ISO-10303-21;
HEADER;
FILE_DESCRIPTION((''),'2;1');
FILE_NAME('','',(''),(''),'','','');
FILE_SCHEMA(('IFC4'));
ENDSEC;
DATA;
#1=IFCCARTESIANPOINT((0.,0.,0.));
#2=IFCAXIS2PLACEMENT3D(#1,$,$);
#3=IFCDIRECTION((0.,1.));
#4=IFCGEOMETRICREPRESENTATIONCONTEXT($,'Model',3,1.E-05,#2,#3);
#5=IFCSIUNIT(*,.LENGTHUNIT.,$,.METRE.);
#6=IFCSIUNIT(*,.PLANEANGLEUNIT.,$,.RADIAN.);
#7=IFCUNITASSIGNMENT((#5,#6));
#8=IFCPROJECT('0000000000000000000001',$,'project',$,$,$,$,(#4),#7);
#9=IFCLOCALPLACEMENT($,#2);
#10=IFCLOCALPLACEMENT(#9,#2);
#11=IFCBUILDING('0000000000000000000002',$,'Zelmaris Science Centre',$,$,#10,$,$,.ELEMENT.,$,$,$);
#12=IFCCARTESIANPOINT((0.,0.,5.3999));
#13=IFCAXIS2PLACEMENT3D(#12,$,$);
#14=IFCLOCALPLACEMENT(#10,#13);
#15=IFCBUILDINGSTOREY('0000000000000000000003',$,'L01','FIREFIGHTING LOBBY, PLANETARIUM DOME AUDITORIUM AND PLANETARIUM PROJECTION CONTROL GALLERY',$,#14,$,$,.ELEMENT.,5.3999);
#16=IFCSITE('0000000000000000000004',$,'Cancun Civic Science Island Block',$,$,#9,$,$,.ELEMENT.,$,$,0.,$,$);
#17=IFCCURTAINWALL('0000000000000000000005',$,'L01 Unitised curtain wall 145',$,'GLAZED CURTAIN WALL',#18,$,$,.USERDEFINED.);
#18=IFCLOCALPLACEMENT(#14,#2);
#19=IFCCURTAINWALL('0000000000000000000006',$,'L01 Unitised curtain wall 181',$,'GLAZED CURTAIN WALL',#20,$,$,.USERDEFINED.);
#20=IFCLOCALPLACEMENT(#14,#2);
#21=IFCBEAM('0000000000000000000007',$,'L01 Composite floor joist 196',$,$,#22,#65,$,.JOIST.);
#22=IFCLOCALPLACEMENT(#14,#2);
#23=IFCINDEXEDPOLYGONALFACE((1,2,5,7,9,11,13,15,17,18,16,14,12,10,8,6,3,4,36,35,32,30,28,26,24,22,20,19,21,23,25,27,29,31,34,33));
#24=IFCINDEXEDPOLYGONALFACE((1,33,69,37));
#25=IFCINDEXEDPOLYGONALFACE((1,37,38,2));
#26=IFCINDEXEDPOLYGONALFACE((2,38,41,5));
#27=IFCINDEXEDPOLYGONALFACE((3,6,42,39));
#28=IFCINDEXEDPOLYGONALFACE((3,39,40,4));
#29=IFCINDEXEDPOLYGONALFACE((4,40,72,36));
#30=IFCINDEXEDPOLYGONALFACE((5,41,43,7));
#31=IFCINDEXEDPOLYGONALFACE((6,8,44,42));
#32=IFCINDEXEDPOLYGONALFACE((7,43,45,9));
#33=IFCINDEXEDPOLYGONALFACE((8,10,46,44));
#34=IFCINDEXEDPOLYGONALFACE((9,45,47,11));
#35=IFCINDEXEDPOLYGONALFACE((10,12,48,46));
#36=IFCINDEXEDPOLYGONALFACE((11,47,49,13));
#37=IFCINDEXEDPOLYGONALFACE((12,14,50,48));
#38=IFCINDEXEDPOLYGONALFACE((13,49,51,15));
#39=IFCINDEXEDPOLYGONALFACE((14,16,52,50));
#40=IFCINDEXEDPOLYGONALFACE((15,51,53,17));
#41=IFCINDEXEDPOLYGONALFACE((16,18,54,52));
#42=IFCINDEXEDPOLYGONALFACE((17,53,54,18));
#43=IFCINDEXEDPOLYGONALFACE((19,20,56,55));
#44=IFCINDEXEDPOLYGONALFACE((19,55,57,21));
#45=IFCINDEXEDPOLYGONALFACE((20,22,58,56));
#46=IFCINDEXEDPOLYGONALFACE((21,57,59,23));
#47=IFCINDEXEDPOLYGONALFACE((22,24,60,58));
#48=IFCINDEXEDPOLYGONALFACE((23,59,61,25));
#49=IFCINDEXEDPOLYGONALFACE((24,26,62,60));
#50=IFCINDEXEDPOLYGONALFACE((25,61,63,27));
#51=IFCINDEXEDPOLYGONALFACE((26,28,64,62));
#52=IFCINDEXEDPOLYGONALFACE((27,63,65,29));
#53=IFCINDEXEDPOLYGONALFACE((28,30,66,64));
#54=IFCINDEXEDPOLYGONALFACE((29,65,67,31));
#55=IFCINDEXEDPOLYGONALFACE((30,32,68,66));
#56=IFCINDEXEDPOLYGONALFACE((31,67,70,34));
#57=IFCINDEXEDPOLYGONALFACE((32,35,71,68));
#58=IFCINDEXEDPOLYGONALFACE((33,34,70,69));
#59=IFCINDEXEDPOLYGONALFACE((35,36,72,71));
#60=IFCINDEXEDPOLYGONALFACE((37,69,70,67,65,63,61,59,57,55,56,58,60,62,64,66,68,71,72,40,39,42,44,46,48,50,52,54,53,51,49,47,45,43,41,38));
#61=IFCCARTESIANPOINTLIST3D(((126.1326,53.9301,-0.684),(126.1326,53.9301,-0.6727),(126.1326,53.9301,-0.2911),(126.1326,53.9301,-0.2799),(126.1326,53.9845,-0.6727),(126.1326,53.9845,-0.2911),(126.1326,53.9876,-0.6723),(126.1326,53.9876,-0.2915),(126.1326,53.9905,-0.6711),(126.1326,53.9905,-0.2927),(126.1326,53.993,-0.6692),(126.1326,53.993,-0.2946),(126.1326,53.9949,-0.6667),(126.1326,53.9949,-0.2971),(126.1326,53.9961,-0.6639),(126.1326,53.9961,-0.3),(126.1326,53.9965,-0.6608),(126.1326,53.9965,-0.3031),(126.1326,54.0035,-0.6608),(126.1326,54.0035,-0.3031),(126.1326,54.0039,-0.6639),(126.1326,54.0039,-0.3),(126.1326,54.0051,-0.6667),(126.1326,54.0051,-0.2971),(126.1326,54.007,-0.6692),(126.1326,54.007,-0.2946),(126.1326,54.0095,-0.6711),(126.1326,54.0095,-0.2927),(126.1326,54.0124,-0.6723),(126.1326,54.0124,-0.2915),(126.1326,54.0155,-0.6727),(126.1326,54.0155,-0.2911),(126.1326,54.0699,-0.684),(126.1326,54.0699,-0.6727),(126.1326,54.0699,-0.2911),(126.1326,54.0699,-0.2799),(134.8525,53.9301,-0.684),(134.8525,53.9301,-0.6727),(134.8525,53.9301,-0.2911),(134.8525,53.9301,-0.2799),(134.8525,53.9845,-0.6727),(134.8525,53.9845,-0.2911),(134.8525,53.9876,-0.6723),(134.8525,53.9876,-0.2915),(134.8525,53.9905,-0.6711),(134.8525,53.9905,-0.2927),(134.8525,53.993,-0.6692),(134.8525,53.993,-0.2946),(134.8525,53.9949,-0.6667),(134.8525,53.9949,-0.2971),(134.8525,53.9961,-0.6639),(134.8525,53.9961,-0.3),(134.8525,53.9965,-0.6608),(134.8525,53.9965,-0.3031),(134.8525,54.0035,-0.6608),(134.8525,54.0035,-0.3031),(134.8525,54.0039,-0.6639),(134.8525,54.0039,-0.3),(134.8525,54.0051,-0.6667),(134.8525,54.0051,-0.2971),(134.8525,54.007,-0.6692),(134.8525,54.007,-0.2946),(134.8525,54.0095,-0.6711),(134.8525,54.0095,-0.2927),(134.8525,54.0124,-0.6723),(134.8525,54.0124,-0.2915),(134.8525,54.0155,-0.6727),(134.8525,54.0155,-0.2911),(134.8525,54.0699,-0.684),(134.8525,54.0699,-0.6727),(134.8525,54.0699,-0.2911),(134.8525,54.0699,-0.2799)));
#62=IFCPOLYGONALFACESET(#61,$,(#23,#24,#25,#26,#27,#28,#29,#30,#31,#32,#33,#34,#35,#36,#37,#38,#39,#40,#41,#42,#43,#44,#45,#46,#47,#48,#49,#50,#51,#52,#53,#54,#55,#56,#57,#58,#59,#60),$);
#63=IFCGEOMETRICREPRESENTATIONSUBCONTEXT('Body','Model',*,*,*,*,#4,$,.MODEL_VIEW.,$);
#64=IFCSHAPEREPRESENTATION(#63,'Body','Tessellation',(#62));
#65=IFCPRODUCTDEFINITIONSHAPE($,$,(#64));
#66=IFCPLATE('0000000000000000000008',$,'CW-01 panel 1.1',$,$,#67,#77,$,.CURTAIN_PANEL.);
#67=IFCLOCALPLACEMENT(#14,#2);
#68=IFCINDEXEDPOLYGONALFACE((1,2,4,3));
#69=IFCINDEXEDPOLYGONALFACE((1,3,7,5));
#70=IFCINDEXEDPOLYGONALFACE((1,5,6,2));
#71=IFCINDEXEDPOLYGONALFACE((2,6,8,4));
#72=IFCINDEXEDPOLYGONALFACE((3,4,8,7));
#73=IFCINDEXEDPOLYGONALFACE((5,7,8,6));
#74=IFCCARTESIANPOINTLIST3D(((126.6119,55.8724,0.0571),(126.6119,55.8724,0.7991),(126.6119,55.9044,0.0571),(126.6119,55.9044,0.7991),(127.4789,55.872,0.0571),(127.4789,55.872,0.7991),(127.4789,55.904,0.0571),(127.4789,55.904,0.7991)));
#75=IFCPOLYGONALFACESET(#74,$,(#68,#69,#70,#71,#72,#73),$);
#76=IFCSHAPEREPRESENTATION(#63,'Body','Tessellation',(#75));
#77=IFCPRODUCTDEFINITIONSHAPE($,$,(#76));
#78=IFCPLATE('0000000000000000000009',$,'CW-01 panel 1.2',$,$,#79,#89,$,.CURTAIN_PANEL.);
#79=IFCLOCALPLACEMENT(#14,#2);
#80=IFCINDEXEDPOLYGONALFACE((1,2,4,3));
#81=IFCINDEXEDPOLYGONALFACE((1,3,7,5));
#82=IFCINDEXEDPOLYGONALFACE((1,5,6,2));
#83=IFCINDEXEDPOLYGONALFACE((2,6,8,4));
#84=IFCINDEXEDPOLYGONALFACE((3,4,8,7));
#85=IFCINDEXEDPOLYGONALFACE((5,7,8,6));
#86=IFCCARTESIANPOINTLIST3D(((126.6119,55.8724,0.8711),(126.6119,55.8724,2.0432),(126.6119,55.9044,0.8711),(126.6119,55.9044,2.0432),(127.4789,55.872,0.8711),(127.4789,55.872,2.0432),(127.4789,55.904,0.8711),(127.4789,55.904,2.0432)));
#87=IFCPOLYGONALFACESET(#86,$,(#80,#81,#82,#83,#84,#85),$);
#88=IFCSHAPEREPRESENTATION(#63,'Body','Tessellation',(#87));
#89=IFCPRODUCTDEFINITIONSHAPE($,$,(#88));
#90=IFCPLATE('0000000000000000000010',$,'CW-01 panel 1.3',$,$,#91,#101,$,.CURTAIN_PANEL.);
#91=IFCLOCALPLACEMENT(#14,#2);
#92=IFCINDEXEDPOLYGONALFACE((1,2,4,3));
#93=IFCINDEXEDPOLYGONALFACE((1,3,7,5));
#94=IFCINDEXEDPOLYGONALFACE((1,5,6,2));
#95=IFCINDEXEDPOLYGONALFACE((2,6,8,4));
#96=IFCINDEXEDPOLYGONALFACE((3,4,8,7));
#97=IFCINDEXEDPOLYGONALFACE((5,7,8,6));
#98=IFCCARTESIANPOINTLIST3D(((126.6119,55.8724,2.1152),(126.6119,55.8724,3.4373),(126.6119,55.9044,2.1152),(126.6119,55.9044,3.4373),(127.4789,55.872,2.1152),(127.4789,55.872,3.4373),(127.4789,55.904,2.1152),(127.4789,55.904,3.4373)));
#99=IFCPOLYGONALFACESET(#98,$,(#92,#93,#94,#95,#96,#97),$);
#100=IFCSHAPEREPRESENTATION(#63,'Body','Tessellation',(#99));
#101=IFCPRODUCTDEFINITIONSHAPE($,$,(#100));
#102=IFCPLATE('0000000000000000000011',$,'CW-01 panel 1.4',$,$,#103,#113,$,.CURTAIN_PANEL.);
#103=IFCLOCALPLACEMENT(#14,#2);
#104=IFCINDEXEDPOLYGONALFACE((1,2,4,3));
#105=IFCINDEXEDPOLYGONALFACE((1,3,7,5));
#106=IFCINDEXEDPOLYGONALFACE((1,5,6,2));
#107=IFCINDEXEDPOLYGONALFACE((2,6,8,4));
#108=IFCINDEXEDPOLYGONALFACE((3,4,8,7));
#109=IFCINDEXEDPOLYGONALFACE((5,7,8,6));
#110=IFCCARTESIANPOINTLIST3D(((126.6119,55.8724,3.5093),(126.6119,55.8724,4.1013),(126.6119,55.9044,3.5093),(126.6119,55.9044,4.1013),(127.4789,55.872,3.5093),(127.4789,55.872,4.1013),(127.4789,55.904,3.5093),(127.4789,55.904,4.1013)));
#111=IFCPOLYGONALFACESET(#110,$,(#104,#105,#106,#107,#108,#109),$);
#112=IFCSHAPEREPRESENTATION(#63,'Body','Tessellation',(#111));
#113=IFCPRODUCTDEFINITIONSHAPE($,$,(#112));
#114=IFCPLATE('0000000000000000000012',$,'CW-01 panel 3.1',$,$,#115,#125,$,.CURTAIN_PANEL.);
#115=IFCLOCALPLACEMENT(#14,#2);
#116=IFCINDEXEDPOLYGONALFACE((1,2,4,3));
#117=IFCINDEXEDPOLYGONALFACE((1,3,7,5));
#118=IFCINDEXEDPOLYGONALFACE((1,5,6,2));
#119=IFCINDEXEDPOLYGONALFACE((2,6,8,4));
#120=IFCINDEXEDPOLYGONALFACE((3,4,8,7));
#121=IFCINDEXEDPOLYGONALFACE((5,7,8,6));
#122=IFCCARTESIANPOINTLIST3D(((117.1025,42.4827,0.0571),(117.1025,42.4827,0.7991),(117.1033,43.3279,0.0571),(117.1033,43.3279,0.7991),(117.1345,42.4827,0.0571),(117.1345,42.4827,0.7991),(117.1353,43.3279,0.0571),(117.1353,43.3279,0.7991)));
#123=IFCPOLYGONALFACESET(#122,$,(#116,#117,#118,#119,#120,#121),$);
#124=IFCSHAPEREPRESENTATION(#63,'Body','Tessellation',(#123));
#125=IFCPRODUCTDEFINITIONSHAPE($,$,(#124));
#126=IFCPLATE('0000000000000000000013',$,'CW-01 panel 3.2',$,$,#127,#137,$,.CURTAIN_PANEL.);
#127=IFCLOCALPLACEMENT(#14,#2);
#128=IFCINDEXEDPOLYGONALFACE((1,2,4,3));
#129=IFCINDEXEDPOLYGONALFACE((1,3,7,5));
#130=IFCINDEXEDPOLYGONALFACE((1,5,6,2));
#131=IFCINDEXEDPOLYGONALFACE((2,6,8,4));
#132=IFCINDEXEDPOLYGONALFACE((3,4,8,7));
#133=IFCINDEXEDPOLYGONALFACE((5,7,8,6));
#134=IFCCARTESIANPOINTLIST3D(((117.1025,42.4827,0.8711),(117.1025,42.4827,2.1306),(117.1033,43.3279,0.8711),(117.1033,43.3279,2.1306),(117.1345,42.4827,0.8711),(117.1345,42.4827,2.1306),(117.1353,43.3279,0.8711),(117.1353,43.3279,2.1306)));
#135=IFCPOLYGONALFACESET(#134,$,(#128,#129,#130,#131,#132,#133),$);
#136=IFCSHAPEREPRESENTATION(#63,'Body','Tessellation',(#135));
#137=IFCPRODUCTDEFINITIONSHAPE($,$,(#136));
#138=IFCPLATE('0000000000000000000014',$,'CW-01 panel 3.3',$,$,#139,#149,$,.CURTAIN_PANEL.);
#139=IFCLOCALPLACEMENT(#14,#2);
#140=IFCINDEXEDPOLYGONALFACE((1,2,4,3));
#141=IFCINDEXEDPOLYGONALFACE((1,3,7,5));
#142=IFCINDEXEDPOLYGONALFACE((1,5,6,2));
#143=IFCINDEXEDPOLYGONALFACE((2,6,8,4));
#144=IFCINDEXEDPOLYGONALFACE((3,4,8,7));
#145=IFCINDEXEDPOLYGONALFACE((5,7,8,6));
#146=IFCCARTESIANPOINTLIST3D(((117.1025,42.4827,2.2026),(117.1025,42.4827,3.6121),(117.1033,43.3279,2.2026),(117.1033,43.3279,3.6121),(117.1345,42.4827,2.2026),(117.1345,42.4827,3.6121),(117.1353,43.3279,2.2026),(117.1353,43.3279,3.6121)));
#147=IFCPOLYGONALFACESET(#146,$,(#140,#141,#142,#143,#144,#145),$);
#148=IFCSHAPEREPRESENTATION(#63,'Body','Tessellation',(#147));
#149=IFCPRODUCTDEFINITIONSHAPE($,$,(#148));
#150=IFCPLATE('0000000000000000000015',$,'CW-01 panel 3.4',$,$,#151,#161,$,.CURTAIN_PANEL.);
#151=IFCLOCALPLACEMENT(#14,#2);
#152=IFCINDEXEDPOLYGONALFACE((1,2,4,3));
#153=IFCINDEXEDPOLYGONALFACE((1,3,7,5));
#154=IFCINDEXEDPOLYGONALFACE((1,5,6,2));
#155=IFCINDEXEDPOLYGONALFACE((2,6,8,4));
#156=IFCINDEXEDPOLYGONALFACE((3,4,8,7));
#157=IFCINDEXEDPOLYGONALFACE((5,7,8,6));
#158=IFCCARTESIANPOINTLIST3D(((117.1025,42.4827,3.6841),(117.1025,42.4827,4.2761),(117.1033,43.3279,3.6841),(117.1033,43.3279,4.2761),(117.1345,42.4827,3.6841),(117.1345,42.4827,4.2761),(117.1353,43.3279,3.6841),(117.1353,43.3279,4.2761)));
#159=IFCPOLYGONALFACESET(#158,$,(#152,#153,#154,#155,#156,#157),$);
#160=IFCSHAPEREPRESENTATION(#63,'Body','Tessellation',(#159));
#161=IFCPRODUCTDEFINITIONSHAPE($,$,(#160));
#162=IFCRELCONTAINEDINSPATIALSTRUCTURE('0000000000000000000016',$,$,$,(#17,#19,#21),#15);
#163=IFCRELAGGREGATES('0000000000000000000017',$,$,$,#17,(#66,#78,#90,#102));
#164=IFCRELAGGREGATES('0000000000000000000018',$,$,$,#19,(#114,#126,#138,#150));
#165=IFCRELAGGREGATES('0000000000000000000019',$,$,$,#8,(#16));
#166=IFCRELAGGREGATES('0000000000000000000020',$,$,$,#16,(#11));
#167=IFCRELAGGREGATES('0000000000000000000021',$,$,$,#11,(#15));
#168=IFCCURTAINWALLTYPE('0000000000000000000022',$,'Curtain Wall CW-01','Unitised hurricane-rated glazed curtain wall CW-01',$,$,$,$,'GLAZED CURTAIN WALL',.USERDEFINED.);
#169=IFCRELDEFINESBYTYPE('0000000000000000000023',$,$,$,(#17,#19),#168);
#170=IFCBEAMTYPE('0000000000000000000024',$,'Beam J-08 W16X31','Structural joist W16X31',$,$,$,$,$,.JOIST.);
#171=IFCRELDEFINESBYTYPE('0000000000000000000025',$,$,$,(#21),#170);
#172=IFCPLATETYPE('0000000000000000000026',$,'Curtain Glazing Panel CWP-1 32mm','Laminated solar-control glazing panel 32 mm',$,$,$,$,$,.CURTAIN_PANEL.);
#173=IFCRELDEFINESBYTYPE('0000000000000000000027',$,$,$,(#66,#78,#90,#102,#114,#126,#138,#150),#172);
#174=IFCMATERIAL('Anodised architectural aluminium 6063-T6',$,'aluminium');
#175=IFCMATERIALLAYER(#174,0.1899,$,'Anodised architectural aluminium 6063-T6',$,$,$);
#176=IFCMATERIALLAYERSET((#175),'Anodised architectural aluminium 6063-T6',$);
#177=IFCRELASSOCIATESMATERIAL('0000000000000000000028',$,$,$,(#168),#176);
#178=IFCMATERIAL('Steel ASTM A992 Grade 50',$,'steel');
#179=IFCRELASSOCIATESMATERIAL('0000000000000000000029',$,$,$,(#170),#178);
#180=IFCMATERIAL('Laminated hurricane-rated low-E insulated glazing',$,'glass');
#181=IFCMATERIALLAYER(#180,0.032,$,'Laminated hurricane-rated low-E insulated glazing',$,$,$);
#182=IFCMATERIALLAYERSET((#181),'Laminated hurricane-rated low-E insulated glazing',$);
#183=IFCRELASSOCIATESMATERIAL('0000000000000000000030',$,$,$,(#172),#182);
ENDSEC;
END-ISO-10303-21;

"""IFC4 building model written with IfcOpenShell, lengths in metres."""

from ifc_helpers import new_model, si_unit, direction, frame, origin, origin_2d, place, context, subcontext, project, spatial, rectangle, i_section, extrude, material, layer, layer_set, material_profile, profile_set, type_object, element, aggregate, save


model = new_model("IFC4")

# Units and contexts
model_context = context("Model", 3, precision=1e-05, world=origin(), true_north=direction((0.0, 1.0)))
body_context = subcontext(model_context, "Body", "Model", "MODEL_VIEW")
ifc_project = project(units=[si_unit("LENGTHUNIT", "METRE"), si_unit("PLANEANGLEUNIT", "RADIAN")], contexts=[model_context])

# Site, building, storey
site_placement = place(None, origin())
site = spatial("IfcSite", under=ifc_project, at=site_placement, Name="Cancun Civic Science Island Block", CompositionType="ELEMENT", RefElevation=0.0)
building_placement = place(site_placement, origin())
building = spatial("IfcBuilding", under=site, at=building_placement, Name="Zelmaris Science Centre", CompositionType="ELEMENT")
storey_placement = place(building_placement, frame((0.0, 0.0, 5.3999)))
storey = spatial("IfcBuildingStorey", under=building, at=storey_placement, Name="L01", Description="FIREFIGHTING LOBBY, PLANETARIUM DOME AUDITORIUM AND PLANETARIUM PROJECTION CONTROL GALLERY", CompositionType="ELEMENT", Elevation=5.3999)

# Shared definitions
ifc_material_1 = material(Name="Steel ASTM A992 Grade 50", Category="steel")

# Curtain walls
ifc_material_2 = material(Name="Anodised architectural aluminium 6063-T6", Category="aluminium")
ifc_layer_1 = layer(ifc_material_2, 0.1899, Name="Anodised architectural aluminium 6063-T6")
ifc_layer_set_1 = layer_set([ifc_layer_1], Name="Anodised architectural aluminium 6063-T6")
curtain_wall_type = type_object("IfcCurtainWallType", Name="Curtain Wall CW-01", Description="Unitised hurricane-rated glazed curtain wall CW-01", ElementType="GLAZED CURTAIN WALL", PredefinedType="USERDEFINED", material=ifc_layer_set_1)
curtain_wall_1_placement = place(storey_placement, origin())
curtain_wall_1 = element("IfcCurtainWall", 1, at=curtain_wall_1_placement, inside=storey, type_object=curtain_wall_type, Name="L01 Unitised curtain wall 145", ObjectType="GLAZED CURTAIN WALL", PredefinedType="USERDEFINED")
curtain_wall_2_placement = place(storey_placement, origin())
curtain_wall_2 = element("IfcCurtainWall", 2, at=curtain_wall_2_placement, inside=storey, type_object=curtain_wall_type, Name="L01 Unitised curtain wall 181", ObjectType="GLAZED CURTAIN WALL", PredefinedType="USERDEFINED")

# Beam
ifc_material_profile_1 = material_profile(ifc_material_1, i_section(OverallWidth=0.1399, OverallDepth=0.4041, WebThickness=0.0071, FlangeThickness=0.0112, FilletRadius=0.012, at=origin_2d()), Name="W16X31")
ifc_profile_set_1 = profile_set([ifc_material_profile_1], Name="Steel ASTM A992 Grade 50")
beam_type_1 = type_object("IfcBeamType", Name="Beam J-08 W16X31", Description="Structural joist W16X31", PredefinedType="JOIST", material=ifc_profile_set_1)
beam_1_placement = place(storey_placement, frame((126.1326, 54.0, -0.4819), z_axis=(1.0, 0.0, 0.0), x_axis=(0.0, 1.0, 0.0)))
element("IfcBeam", 3, at=beam_1_placement, inside=storey, type_object=beam_type_1, Name="L01 Composite floor joist 196", PredefinedType="JOIST", context=body_context, shape_type="SweptSolid", body=[
    extrude(i_section(OverallWidth=0.1399, OverallDepth=0.4041, WebThickness=0.0071, FlangeThickness=0.0112, FilletRadius=0.012, at=origin_2d()), origin(), (0.0, 0.0, 1.0), 8.72),
])

# Plates
ifc_material_3 = material(Name="Laminated hurricane-rated low-E insulated glazing", Category="glass")
ifc_layer_2 = layer(ifc_material_3, 0.032, Name="Laminated hurricane-rated low-E insulated glazing")
ifc_layer_set_2 = layer_set([ifc_layer_2], Name="Laminated hurricane-rated low-E insulated glazing")
plate_type = type_object("IfcPlateType", Name="Curtain Glazing Panel CWP-1 32mm", Description="Laminated solar-control glazing panel 32 mm", PredefinedType="CURTAIN_PANEL", material=ifc_layer_set_2)
plate_1_placement = place(storey_placement, frame((127.0454, 55.8882, 0.0571), z_axis=(0.0, 0.0, 1.0), x_axis=(1.0, -0.000487, 0.0)))
plate_1 = element("IfcPlate", 4, at=plate_1_placement, type_object=plate_type, Name="CW-01 panel 1.1", PredefinedType="CURTAIN_PANEL", context=body_context, shape_type="SweptSolid", body=[
    extrude(rectangle(XDim=0.8669, YDim=0.032, at=origin_2d()), origin(), (0.0, 0.0, 1.0), 0.7419),
])
plate_2_placement = place(storey_placement, frame((127.0454, 55.8882, 0.8711), z_axis=(0.0, 0.0, 1.0), x_axis=(1.0, -0.000487, 0.0)))
plate_2 = element("IfcPlate", 5, at=plate_2_placement, type_object=plate_type, Name="CW-01 panel 1.2", PredefinedType="CURTAIN_PANEL", context=body_context, shape_type="SweptSolid", body=[
    extrude(rectangle(XDim=0.8669, YDim=0.032, at=origin_2d()), origin(), (0.0, 0.0, 1.0), 1.1721),
])
plate_3_placement = place(storey_placement, frame((127.0454, 55.8882, 2.1152), z_axis=(0.0, 0.0, 1.0), x_axis=(1.0, -0.000487, 0.0)))
plate_3 = element("IfcPlate", 6, at=plate_3_placement, type_object=plate_type, Name="CW-01 panel 1.3", PredefinedType="CURTAIN_PANEL", context=body_context, shape_type="SweptSolid", body=[
    extrude(rectangle(XDim=0.8669, YDim=0.032, at=origin_2d()), origin(), (0.0, 0.0, 1.0), 1.322),
])
plate_4_placement = place(storey_placement, frame((127.0454, 55.8882, 3.5093), z_axis=(0.0, 0.0, 1.0), x_axis=(1.0, -0.000487, 0.0)))
plate_4 = element("IfcPlate", 7, at=plate_4_placement, type_object=plate_type, Name="CW-01 panel 1.4", PredefinedType="CURTAIN_PANEL", context=body_context, shape_type="SweptSolid", body=[
    extrude(rectangle(XDim=0.8669, YDim=0.032, at=origin_2d()), origin(), (0.0, 0.0, 1.0), 0.592),
])
aggregate(curtain_wall_1, [plate_1, plate_2, plate_3, plate_4])
plate_5_placement = place(storey_placement, frame((117.1189, 42.9053, 0.0571), z_axis=(0.0, 0.0, 1.0), x_axis=(0.001014, 0.999999, 0.0)))
plate_5 = element("IfcPlate", 8, at=plate_5_placement, type_object=plate_type, Name="CW-01 panel 3.1", PredefinedType="CURTAIN_PANEL", context=body_context, shape_type="SweptSolid", body=[
    extrude(rectangle(XDim=0.8452, YDim=0.032, at=origin_2d()), origin(), (0.0, 0.0, 1.0), 0.7419),
])
plate_6_placement = place(storey_placement, frame((117.1189, 42.9053, 0.8711), z_axis=(0.0, 0.0, 1.0), x_axis=(0.001014, 0.999999, 0.0)))
plate_6 = element("IfcPlate", 9, at=plate_6_placement, type_object=plate_type, Name="CW-01 panel 3.2", PredefinedType="CURTAIN_PANEL", context=body_context, shape_type="SweptSolid", body=[
    extrude(rectangle(XDim=0.8452, YDim=0.032, at=origin_2d()), origin(), (0.0, 0.0, 1.0), 1.2595),
])
plate_7_placement = place(storey_placement, frame((117.1189, 42.9053, 2.2026), z_axis=(0.0, 0.0, 1.0), x_axis=(0.001014, 0.999999, 0.0)))
plate_7 = element("IfcPlate", 10, at=plate_7_placement, type_object=plate_type, Name="CW-01 panel 3.3", PredefinedType="CURTAIN_PANEL", context=body_context, shape_type="SweptSolid", body=[
    extrude(rectangle(XDim=0.8452, YDim=0.032, at=origin_2d()), origin(), (0.0, 0.0, 1.0), 1.4094),
])
plate_8_placement = place(storey_placement, frame((117.1189, 42.9053, 3.6841), z_axis=(0.0, 0.0, 1.0), x_axis=(0.001014, 0.999999, 0.0)))
plate_8 = element("IfcPlate", 11, at=plate_8_placement, type_object=plate_type, Name="CW-01 panel 3.4", PredefinedType="CURTAIN_PANEL", context=body_context, shape_type="SweptSolid", body=[
    extrude(rectangle(XDim=0.8452, YDim=0.032, at=origin_2d()), origin(), (0.0, 0.0, 1.0), 0.592),
])
aggregate(curtain_wall_2, [plate_5, plate_6, plate_7, plate_8])

save(model, "model.ifc")
